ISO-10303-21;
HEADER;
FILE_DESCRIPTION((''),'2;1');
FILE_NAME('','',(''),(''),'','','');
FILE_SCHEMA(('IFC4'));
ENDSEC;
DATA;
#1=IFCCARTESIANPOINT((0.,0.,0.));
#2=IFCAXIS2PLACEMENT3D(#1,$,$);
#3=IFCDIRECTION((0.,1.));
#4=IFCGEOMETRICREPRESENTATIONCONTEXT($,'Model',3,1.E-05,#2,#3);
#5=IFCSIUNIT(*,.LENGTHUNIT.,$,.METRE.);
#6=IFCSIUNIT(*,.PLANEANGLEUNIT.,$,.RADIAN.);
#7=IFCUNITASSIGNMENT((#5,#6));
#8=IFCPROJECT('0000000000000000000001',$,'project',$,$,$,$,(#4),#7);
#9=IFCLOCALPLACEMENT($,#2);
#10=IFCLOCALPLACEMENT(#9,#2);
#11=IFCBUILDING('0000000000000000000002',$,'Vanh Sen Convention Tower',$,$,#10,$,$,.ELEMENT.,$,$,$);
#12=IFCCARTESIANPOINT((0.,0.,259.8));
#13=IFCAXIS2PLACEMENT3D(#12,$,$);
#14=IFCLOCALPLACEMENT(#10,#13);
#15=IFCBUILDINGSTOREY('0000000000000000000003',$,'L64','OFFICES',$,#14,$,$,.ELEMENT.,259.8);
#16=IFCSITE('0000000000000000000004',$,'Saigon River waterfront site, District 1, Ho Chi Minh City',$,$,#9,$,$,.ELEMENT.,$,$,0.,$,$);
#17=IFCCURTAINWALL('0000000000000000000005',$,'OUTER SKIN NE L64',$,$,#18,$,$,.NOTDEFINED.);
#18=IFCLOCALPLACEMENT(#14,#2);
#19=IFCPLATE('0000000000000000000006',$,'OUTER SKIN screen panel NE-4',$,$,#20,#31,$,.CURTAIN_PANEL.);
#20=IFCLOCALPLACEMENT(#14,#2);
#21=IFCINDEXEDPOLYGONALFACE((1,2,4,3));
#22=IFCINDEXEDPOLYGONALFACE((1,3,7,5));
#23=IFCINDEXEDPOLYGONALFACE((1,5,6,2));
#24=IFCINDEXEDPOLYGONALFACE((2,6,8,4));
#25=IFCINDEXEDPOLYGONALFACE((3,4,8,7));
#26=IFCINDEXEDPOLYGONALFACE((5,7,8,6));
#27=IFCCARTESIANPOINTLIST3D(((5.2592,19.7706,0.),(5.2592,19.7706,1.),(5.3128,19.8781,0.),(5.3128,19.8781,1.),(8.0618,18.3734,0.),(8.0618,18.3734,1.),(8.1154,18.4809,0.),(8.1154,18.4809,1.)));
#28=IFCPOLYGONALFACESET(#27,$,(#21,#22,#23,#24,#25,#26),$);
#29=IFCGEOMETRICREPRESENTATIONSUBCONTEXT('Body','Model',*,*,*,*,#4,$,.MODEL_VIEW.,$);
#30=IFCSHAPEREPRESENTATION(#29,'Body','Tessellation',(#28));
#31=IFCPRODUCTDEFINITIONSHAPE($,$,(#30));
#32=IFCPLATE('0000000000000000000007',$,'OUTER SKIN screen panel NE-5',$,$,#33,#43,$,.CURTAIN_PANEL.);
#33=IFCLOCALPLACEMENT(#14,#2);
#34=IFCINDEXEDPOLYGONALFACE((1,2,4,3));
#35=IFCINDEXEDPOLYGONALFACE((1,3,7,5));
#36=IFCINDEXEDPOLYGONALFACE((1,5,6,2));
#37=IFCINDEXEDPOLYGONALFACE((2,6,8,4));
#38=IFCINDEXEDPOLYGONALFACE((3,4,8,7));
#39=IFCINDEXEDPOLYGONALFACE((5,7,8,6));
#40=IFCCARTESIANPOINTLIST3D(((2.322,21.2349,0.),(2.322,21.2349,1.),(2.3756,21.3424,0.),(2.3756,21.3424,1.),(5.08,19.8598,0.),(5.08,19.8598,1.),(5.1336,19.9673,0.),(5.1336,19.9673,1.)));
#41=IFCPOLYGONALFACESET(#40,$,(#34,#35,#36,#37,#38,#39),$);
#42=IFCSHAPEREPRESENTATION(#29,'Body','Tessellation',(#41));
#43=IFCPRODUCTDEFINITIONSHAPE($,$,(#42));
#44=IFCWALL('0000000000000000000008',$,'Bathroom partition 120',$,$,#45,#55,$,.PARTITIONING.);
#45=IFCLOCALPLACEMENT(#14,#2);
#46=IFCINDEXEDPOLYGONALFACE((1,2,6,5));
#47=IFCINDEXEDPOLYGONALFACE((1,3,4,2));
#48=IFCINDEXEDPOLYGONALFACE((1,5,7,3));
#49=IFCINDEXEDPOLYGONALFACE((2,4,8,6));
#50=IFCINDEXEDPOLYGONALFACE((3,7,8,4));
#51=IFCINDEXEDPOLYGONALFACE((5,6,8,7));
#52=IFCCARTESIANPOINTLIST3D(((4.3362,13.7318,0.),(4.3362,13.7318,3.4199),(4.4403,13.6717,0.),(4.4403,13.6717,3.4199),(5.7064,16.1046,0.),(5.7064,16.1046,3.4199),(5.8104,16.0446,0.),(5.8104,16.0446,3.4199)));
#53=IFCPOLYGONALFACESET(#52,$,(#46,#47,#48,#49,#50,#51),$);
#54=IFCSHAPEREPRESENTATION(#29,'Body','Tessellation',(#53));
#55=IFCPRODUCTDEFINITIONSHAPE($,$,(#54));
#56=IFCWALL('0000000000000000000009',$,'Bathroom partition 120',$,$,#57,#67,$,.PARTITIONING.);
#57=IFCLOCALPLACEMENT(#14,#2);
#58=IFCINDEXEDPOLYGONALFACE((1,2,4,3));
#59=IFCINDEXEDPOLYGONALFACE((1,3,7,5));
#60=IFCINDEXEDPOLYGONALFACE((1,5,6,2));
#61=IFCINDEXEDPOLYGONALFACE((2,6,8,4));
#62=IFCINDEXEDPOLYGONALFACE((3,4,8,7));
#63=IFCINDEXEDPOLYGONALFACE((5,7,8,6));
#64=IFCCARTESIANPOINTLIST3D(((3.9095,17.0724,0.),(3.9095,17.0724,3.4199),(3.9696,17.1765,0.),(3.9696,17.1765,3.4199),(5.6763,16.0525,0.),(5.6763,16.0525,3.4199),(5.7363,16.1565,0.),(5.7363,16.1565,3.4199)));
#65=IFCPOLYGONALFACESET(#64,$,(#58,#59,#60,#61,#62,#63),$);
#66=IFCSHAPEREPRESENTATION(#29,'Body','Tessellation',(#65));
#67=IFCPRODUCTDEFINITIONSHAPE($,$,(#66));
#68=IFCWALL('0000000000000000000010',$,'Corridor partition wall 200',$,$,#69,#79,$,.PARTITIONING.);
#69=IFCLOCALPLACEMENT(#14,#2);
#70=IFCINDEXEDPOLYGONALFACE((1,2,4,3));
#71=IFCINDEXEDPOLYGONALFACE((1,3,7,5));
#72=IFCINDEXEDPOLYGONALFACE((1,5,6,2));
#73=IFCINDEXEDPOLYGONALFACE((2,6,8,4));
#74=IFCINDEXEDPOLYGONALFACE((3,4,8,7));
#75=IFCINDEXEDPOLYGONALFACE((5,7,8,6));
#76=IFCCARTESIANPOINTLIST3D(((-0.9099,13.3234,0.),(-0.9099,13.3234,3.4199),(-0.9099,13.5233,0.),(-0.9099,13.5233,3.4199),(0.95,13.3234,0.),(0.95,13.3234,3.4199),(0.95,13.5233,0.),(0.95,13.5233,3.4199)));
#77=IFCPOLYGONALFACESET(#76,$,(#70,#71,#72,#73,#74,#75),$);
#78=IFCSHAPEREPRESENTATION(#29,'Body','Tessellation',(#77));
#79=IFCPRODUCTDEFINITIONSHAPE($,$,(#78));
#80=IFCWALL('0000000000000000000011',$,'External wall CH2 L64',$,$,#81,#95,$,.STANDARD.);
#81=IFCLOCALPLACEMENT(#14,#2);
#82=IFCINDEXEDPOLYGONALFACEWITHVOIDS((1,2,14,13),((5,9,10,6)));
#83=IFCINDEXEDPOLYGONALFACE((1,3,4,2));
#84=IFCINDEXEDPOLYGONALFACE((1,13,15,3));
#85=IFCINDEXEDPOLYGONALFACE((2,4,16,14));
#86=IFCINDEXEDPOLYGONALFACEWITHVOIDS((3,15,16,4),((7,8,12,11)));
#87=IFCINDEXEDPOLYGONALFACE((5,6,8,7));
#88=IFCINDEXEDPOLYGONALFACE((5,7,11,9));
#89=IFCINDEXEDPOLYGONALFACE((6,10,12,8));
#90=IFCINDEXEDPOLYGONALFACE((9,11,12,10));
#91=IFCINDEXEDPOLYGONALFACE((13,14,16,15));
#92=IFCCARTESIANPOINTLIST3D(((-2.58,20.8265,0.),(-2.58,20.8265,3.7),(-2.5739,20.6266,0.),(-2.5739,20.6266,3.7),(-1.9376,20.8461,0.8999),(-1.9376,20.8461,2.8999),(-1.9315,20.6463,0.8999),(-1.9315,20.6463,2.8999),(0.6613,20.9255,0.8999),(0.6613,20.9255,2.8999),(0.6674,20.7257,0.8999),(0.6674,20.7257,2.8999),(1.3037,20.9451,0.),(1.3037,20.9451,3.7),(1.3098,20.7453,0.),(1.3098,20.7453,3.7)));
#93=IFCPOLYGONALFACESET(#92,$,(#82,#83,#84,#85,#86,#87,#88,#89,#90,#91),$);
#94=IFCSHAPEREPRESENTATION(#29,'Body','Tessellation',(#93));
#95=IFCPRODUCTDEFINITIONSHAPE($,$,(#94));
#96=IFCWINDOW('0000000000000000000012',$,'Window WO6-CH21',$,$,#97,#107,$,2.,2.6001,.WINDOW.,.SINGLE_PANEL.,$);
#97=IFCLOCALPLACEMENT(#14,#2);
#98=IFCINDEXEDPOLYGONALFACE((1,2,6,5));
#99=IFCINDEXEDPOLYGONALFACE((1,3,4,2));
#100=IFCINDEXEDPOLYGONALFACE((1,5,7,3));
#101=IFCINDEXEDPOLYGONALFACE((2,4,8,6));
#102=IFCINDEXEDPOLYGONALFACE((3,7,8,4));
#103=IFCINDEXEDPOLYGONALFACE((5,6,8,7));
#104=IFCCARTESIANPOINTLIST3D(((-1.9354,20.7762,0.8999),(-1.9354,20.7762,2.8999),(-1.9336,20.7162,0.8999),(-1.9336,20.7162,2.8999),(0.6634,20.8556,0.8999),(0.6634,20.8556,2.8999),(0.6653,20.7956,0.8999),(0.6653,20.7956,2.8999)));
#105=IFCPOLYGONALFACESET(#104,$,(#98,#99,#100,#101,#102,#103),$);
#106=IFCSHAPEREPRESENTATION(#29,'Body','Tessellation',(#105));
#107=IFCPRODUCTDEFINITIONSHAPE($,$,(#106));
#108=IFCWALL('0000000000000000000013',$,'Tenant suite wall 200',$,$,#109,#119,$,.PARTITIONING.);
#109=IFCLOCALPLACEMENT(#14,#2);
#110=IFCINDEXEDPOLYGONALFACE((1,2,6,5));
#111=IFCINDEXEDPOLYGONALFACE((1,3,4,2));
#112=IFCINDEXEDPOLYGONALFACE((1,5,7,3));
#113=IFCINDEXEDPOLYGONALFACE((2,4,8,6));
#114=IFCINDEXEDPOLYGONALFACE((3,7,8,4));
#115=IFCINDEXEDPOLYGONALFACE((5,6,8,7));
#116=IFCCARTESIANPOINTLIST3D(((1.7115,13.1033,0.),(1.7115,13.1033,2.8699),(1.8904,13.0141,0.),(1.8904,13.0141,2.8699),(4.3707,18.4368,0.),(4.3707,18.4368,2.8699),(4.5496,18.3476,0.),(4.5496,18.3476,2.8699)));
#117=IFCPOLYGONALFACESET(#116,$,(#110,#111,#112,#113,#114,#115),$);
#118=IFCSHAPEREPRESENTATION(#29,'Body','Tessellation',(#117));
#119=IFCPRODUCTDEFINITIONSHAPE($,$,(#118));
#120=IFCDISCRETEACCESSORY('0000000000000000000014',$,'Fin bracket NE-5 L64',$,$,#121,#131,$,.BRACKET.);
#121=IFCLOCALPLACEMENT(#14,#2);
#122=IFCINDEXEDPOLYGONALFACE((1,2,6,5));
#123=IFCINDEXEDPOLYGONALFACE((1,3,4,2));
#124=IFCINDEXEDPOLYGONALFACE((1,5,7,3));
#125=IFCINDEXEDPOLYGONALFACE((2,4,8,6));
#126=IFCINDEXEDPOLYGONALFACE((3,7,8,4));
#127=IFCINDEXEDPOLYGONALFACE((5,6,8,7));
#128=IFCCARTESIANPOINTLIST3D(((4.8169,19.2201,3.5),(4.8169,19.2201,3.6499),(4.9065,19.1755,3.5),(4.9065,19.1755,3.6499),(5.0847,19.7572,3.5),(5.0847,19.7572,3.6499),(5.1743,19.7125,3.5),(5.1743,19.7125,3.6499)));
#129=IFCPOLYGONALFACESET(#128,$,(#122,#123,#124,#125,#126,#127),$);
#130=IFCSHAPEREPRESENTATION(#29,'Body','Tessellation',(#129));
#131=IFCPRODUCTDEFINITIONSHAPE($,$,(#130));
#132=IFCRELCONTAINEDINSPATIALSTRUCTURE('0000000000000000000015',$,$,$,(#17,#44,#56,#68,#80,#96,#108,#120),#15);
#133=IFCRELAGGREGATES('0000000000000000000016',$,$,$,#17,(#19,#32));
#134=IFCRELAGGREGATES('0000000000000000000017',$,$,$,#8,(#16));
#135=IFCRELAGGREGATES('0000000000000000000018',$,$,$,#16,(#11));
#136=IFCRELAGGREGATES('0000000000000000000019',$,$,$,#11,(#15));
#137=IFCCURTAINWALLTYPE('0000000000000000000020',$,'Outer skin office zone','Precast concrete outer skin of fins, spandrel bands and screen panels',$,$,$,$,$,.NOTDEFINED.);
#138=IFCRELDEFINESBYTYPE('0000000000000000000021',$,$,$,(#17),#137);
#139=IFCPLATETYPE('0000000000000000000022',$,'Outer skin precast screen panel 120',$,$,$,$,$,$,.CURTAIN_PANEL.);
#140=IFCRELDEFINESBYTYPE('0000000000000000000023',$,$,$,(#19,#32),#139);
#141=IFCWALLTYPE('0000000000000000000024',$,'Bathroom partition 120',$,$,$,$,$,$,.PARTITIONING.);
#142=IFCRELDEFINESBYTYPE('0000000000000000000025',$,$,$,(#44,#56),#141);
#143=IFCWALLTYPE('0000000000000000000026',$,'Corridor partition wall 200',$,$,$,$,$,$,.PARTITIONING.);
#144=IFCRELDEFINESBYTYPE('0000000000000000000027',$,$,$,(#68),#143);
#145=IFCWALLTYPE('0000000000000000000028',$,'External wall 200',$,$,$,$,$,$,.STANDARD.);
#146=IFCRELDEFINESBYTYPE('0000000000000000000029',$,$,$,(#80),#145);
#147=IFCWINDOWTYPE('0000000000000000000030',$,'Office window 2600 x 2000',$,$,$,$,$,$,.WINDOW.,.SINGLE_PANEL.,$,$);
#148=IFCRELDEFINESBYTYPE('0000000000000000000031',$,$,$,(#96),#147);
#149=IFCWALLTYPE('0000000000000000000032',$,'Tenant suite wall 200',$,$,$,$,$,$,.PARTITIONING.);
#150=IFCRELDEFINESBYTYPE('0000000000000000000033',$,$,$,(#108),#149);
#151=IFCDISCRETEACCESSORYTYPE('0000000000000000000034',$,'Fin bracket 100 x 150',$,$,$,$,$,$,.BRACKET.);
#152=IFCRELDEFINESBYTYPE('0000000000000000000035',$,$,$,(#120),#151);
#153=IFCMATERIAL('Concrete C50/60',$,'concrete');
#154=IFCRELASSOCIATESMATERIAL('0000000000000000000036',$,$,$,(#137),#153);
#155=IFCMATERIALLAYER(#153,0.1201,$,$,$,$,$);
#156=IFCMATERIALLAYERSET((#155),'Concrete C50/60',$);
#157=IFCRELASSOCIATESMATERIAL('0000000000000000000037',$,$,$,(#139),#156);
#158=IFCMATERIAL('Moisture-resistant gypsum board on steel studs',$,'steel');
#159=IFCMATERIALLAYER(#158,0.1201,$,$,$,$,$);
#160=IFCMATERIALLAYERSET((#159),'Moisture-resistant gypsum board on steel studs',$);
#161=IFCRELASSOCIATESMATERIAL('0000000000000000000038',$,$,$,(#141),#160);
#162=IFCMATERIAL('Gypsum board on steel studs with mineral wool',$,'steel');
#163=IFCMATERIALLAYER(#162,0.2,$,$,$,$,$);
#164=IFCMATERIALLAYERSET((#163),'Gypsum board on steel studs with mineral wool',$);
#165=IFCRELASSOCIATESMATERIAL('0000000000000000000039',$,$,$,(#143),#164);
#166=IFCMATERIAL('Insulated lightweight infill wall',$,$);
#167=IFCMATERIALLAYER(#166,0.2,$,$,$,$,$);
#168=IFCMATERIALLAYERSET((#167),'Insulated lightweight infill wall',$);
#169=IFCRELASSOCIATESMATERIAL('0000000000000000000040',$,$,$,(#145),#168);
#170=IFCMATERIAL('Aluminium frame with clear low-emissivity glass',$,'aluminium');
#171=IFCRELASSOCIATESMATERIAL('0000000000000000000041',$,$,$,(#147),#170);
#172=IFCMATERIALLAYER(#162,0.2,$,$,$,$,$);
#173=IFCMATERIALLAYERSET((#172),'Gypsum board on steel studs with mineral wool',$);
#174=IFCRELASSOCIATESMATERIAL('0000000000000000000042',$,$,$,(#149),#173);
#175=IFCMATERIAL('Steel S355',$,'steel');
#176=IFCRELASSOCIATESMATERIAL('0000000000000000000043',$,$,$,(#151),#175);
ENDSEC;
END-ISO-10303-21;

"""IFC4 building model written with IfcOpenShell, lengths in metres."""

from ifc_helpers import new_model, si_unit, direction, frame, frame_2d, origin, origin_2d, place, context, subcontext, project, spatial, rectangle, extrude, material, layer, layer_set, type_object, element, fill, aggregate, save


model = new_model("IFC4")

# Units and contexts
model_context = context("Model", 3, precision=1e-05, world=origin(), true_north=direction((0.0, 1.0)))
body_context = subcontext(model_context, "Body", "Model", "MODEL_VIEW")
ifc_project = project(units=[si_unit("LENGTHUNIT", "METRE"), si_unit("PLANEANGLEUNIT", "RADIAN")], contexts=[model_context])

# Site, building, storey
site_placement = place(None, origin())
site = spatial("IfcSite", under=ifc_project, at=site_placement, Name="Saigon River waterfront site, District 1, Ho Chi Minh City", CompositionType="ELEMENT", RefElevation=0.0)
building_placement = place(site_placement, origin())
building = spatial("IfcBuilding", under=site, at=building_placement, Name="Vanh Sen Convention Tower", CompositionType="ELEMENT")
storey_placement = place(building_placement, frame((0.0, 0.0, 259.8)))
storey = spatial("IfcBuildingStorey", under=building, at=storey_placement, Name="L64", Description="OFFICES", CompositionType="ELEMENT", Elevation=259.8)

# Curtain wall
ifc_material_1 = material(Name="Concrete C50/60", Category="concrete")
curtain_wall_type = type_object("IfcCurtainWallType", Name="Outer skin office zone", Description="Precast concrete outer skin of fins, spandrel bands and screen panels", PredefinedType="NOTDEFINED", material=ifc_material_1)
curtain_wall_1_placement = place(storey_placement, origin())
curtain_wall_1 = element("IfcCurtainWall", 1, at=curtain_wall_1_placement, inside=storey, type_object=curtain_wall_type, Name="OUTER SKIN NE L64", PredefinedType="NOTDEFINED")

# Plates
ifc_layer_1 = layer(ifc_material_1, 0.1201)
ifc_layer_set_1 = layer_set([ifc_layer_1], Name="Concrete C50/60")
plate_type = type_object("IfcPlateType", Name="Outer skin precast screen panel 120", PredefinedType="CURTAIN_PANEL", material=ifc_layer_set_1)
plate_1_placement = place(storey_placement, frame((6.6873, 19.1257, 0.0), z_axis=(0.0, 0.0, 1.0), x_axis=(-0.894943, 0.446181, 0.0)))
plate_1 = element("IfcPlate", 2, at=plate_1_placement, type_object=plate_type, Name="OUTER SKIN screen panel NE-4", PredefinedType="CURTAIN_PANEL", context=body_context, shape_type="SweptSolid", body=[
    extrude(rectangle(XDim=3.1316, YDim=0.1201, at=origin_2d()), origin(), (0.0, 0.0, 1.0), 1.0),
])
plate_2_placement = place(storey_placement, frame((3.7278, 20.6011, 0.0), z_axis=(0.0, 0.0, 1.0), x_axis=(-0.894931, 0.446204, 0.0)))
plate_2 = element("IfcPlate", 3, at=plate_2_placement, type_object=plate_type, Name="OUTER SKIN screen panel NE-5", PredefinedType="CURTAIN_PANEL", context=body_context, shape_type="SweptSolid", body=[
    extrude(rectangle(XDim=3.0818, YDim=0.1201, at=origin_2d()), origin(), (0.0, 0.0, 1.0), 1.0),
])
aggregate(curtain_wall_1, [plate_1, plate_2])

# Walls
ifc_material_2 = material(Name="Moisture-resistant gypsum board on steel studs", Category="steel")
ifc_layer_2 = layer(ifc_material_2, 0.1201)
ifc_layer_set_2 = layer_set([ifc_layer_2], Name="Moisture-resistant gypsum board on steel studs")
wall_type_1 = type_object("IfcWallType", Name="Bathroom partition 120", PredefinedType="PARTITIONING", material=ifc_layer_set_2)
wall_1_placement = place(storey_placement, frame((4.3882, 13.7017, 0.0), z_axis=(0.0, 0.0, 1.0), x_axis=(0.500049, 0.865997, 0.0)))
element("IfcWall", 4, at=wall_1_placement, inside=storey, type_object=wall_type_1, Name="Bathroom partition 120", PredefinedType="PARTITIONING", context=body_context, shape_type="SweptSolid", body=[
    extrude(rectangle(XDim=2.74, YDim=0.1201, at=frame_2d((1.3701, 0.0))), origin(), (0.0, 0.0, 1.0), 3.4199),
])
wall_2_placement = place(storey_placement, frame((5.7063, 16.1045, 0.0), z_axis=(0.0, 0.0, 1.0), x_axis=(-0.86604, 0.499975, 0.0)))
element("IfcWall", 5, at=wall_2_placement, inside=storey, type_object=wall_type_1, Name="Bathroom partition 120", PredefinedType="PARTITIONING", context=body_context, shape_type="SweptSolid", body=[
    extrude(rectangle(XDim=2.04, YDim=0.1201, at=frame_2d((1.02, 0.0))), origin(), (0.0, 0.0, 1.0), 3.4199),
])
ifc_material_3 = material(Name="Gypsum board on steel studs with mineral wool", Category="steel")
ifc_layer_3 = layer(ifc_material_3, 0.2)
ifc_layer_set_3 = layer_set([ifc_layer_3], Name="Gypsum board on steel studs with mineral wool")
wall_type_2 = type_object("IfcWallType", Name="Corridor partition wall 200", PredefinedType="PARTITIONING", material=ifc_layer_set_3)
wall_3_placement = place(storey_placement, frame((0.95, 13.4233, 0.0), z_axis=(0.0, 0.0, 1.0), x_axis=(-1.0, 0.0, 0.0)))
element("IfcWall", 6, at=wall_3_placement, inside=storey, type_object=wall_type_2, Name="Corridor partition wall 200", PredefinedType="PARTITIONING", context=body_context, shape_type="SweptSolid", body=[
    extrude(rectangle(XDim=1.8599, YDim=0.2, at=frame_2d((0.9299, 0.0))), origin(), (0.0, 0.0, 1.0), 3.4199),
])

# Wall, opening, window
ifc_material_4 = material(Name="Insulated lightweight infill wall")
ifc_layer_4 = layer(ifc_material_4, 0.2)
ifc_layer_set_4 = layer_set([ifc_layer_4], Name="Insulated lightweight infill wall")
wall_type_3 = type_object("IfcWallType", Name="External wall 200", PredefinedType="STANDARD", material=ifc_layer_set_4)
wall_4_placement = place(storey_placement, frame((1.3069, 20.8452, 0.0), z_axis=(0.0, 0.0, 1.0), x_axis=(-0.999534, -0.030536, 0.0)))
wall_4 = element("IfcWall", 7, at=wall_4_placement, inside=storey, type_object=wall_type_3, Name="External wall CH2 L64", PredefinedType="STANDARD", context=body_context, shape_type="SweptSolid", body=[
    extrude(rectangle(XDim=3.8855, YDim=0.2, at=frame_2d((1.9429, 0.0))), origin(), (0.0, 0.0, 1.0), 3.7),
])
opening_placement = place(wall_4_placement, frame((0.6428, 0.0, 0.8999)))
opening = element("IfcOpeningElement", 8, at=opening_placement, cuts=wall_4, PredefinedType="OPENING", context=body_context, shape_type="SweptSolid", body=[
    extrude(rectangle(XDim=2.6001, YDim=2.0, at=frame_2d((1.3, 1.0))), frame((0.0, 0.1099, 0.0), z_axis=(0.0, -1.0, 0.0), x_axis=(1.0, 0.0, 0.0)), (0.0, 0.0, 1.0), 0.22),
])
ifc_material_5 = material(Name="Aluminium frame with clear low-emissivity glass", Category="aluminium")
window_type = type_object("IfcWindowType", Name="Office window 2600 x 2000", PartitioningType="SINGLE_PANEL", PredefinedType="WINDOW", material=ifc_material_5)
window_placement = place(opening_placement, origin())
window = element("IfcWindow", 9, at=window_placement, inside=storey, type_object=window_type, Name="Window WO6-CH21", OverallHeight=2.0, OverallWidth=2.6001, PartitioningType="SINGLE_PANEL", PredefinedType="WINDOW", context=body_context, shape_type="SweptSolid", body=[
    extrude(rectangle(XDim=2.6001, YDim=2.0, at=frame_2d((1.3, 1.0))), frame((0.0, 0.03, 0.0), z_axis=(0.0, -1.0, 0.0), x_axis=(1.0, 0.0, 0.0)), (0.0, 0.0, 1.0), 0.0601),
])
fill(opening, window)

# Wall
ifc_layer_5 = layer(ifc_material_3, 0.2)
ifc_layer_set_5 = layer_set([ifc_layer_5], Name="Gypsum board on steel studs with mineral wool")
wall_type_4 = type_object("IfcWallType", Name="Tenant suite wall 200", PredefinedType="PARTITIONING", material=ifc_layer_set_5)
wall_5_placement = place(storey_placement, frame((4.4602, 18.3923, 0.0), z_axis=(0.0, 0.0, 1.0), x_axis=(-0.446197, -0.894935, 0.0)))
element("IfcWall", 10, at=wall_5_placement, inside=storey, type_object=wall_type_4, Name="Tenant suite wall 200", PredefinedType="PARTITIONING", context=body_context, shape_type="SweptSolid", body=[
    extrude(rectangle(XDim=5.9597, YDim=0.2, at=frame_2d((2.98, 0.0))), origin(), (0.0, 0.0, 1.0), 2.8699),
])

# Discrete accessory
ifc_material_6 = material(Name="Steel S355", Category="steel")
discrete_accessory_type = type_object("IfcDiscreteAccessoryType", Name="Fin bracket 100 x 150", PredefinedType="BRACKET", material=ifc_material_6)
discrete_accessory_placement = place(storey_placement, frame((4.9956, 19.4663, 3.5), z_axis=(0.0, 0.0, 1.0), x_axis=(0.446198, 0.894934, 0.0)))
element("IfcDiscreteAccessory", 11, at=discrete_accessory_placement, inside=storey, type_object=discrete_accessory_type, Name="Fin bracket NE-5 L64", PredefinedType="BRACKET", context=body_context, shape_type="SweptSolid", body=[
    extrude(rectangle(XDim=0.6001, YDim=0.1001, at=origin_2d()), origin(), (0.0, 0.0, 1.0), 0.1499),
])

save(model, "model.ifc")
